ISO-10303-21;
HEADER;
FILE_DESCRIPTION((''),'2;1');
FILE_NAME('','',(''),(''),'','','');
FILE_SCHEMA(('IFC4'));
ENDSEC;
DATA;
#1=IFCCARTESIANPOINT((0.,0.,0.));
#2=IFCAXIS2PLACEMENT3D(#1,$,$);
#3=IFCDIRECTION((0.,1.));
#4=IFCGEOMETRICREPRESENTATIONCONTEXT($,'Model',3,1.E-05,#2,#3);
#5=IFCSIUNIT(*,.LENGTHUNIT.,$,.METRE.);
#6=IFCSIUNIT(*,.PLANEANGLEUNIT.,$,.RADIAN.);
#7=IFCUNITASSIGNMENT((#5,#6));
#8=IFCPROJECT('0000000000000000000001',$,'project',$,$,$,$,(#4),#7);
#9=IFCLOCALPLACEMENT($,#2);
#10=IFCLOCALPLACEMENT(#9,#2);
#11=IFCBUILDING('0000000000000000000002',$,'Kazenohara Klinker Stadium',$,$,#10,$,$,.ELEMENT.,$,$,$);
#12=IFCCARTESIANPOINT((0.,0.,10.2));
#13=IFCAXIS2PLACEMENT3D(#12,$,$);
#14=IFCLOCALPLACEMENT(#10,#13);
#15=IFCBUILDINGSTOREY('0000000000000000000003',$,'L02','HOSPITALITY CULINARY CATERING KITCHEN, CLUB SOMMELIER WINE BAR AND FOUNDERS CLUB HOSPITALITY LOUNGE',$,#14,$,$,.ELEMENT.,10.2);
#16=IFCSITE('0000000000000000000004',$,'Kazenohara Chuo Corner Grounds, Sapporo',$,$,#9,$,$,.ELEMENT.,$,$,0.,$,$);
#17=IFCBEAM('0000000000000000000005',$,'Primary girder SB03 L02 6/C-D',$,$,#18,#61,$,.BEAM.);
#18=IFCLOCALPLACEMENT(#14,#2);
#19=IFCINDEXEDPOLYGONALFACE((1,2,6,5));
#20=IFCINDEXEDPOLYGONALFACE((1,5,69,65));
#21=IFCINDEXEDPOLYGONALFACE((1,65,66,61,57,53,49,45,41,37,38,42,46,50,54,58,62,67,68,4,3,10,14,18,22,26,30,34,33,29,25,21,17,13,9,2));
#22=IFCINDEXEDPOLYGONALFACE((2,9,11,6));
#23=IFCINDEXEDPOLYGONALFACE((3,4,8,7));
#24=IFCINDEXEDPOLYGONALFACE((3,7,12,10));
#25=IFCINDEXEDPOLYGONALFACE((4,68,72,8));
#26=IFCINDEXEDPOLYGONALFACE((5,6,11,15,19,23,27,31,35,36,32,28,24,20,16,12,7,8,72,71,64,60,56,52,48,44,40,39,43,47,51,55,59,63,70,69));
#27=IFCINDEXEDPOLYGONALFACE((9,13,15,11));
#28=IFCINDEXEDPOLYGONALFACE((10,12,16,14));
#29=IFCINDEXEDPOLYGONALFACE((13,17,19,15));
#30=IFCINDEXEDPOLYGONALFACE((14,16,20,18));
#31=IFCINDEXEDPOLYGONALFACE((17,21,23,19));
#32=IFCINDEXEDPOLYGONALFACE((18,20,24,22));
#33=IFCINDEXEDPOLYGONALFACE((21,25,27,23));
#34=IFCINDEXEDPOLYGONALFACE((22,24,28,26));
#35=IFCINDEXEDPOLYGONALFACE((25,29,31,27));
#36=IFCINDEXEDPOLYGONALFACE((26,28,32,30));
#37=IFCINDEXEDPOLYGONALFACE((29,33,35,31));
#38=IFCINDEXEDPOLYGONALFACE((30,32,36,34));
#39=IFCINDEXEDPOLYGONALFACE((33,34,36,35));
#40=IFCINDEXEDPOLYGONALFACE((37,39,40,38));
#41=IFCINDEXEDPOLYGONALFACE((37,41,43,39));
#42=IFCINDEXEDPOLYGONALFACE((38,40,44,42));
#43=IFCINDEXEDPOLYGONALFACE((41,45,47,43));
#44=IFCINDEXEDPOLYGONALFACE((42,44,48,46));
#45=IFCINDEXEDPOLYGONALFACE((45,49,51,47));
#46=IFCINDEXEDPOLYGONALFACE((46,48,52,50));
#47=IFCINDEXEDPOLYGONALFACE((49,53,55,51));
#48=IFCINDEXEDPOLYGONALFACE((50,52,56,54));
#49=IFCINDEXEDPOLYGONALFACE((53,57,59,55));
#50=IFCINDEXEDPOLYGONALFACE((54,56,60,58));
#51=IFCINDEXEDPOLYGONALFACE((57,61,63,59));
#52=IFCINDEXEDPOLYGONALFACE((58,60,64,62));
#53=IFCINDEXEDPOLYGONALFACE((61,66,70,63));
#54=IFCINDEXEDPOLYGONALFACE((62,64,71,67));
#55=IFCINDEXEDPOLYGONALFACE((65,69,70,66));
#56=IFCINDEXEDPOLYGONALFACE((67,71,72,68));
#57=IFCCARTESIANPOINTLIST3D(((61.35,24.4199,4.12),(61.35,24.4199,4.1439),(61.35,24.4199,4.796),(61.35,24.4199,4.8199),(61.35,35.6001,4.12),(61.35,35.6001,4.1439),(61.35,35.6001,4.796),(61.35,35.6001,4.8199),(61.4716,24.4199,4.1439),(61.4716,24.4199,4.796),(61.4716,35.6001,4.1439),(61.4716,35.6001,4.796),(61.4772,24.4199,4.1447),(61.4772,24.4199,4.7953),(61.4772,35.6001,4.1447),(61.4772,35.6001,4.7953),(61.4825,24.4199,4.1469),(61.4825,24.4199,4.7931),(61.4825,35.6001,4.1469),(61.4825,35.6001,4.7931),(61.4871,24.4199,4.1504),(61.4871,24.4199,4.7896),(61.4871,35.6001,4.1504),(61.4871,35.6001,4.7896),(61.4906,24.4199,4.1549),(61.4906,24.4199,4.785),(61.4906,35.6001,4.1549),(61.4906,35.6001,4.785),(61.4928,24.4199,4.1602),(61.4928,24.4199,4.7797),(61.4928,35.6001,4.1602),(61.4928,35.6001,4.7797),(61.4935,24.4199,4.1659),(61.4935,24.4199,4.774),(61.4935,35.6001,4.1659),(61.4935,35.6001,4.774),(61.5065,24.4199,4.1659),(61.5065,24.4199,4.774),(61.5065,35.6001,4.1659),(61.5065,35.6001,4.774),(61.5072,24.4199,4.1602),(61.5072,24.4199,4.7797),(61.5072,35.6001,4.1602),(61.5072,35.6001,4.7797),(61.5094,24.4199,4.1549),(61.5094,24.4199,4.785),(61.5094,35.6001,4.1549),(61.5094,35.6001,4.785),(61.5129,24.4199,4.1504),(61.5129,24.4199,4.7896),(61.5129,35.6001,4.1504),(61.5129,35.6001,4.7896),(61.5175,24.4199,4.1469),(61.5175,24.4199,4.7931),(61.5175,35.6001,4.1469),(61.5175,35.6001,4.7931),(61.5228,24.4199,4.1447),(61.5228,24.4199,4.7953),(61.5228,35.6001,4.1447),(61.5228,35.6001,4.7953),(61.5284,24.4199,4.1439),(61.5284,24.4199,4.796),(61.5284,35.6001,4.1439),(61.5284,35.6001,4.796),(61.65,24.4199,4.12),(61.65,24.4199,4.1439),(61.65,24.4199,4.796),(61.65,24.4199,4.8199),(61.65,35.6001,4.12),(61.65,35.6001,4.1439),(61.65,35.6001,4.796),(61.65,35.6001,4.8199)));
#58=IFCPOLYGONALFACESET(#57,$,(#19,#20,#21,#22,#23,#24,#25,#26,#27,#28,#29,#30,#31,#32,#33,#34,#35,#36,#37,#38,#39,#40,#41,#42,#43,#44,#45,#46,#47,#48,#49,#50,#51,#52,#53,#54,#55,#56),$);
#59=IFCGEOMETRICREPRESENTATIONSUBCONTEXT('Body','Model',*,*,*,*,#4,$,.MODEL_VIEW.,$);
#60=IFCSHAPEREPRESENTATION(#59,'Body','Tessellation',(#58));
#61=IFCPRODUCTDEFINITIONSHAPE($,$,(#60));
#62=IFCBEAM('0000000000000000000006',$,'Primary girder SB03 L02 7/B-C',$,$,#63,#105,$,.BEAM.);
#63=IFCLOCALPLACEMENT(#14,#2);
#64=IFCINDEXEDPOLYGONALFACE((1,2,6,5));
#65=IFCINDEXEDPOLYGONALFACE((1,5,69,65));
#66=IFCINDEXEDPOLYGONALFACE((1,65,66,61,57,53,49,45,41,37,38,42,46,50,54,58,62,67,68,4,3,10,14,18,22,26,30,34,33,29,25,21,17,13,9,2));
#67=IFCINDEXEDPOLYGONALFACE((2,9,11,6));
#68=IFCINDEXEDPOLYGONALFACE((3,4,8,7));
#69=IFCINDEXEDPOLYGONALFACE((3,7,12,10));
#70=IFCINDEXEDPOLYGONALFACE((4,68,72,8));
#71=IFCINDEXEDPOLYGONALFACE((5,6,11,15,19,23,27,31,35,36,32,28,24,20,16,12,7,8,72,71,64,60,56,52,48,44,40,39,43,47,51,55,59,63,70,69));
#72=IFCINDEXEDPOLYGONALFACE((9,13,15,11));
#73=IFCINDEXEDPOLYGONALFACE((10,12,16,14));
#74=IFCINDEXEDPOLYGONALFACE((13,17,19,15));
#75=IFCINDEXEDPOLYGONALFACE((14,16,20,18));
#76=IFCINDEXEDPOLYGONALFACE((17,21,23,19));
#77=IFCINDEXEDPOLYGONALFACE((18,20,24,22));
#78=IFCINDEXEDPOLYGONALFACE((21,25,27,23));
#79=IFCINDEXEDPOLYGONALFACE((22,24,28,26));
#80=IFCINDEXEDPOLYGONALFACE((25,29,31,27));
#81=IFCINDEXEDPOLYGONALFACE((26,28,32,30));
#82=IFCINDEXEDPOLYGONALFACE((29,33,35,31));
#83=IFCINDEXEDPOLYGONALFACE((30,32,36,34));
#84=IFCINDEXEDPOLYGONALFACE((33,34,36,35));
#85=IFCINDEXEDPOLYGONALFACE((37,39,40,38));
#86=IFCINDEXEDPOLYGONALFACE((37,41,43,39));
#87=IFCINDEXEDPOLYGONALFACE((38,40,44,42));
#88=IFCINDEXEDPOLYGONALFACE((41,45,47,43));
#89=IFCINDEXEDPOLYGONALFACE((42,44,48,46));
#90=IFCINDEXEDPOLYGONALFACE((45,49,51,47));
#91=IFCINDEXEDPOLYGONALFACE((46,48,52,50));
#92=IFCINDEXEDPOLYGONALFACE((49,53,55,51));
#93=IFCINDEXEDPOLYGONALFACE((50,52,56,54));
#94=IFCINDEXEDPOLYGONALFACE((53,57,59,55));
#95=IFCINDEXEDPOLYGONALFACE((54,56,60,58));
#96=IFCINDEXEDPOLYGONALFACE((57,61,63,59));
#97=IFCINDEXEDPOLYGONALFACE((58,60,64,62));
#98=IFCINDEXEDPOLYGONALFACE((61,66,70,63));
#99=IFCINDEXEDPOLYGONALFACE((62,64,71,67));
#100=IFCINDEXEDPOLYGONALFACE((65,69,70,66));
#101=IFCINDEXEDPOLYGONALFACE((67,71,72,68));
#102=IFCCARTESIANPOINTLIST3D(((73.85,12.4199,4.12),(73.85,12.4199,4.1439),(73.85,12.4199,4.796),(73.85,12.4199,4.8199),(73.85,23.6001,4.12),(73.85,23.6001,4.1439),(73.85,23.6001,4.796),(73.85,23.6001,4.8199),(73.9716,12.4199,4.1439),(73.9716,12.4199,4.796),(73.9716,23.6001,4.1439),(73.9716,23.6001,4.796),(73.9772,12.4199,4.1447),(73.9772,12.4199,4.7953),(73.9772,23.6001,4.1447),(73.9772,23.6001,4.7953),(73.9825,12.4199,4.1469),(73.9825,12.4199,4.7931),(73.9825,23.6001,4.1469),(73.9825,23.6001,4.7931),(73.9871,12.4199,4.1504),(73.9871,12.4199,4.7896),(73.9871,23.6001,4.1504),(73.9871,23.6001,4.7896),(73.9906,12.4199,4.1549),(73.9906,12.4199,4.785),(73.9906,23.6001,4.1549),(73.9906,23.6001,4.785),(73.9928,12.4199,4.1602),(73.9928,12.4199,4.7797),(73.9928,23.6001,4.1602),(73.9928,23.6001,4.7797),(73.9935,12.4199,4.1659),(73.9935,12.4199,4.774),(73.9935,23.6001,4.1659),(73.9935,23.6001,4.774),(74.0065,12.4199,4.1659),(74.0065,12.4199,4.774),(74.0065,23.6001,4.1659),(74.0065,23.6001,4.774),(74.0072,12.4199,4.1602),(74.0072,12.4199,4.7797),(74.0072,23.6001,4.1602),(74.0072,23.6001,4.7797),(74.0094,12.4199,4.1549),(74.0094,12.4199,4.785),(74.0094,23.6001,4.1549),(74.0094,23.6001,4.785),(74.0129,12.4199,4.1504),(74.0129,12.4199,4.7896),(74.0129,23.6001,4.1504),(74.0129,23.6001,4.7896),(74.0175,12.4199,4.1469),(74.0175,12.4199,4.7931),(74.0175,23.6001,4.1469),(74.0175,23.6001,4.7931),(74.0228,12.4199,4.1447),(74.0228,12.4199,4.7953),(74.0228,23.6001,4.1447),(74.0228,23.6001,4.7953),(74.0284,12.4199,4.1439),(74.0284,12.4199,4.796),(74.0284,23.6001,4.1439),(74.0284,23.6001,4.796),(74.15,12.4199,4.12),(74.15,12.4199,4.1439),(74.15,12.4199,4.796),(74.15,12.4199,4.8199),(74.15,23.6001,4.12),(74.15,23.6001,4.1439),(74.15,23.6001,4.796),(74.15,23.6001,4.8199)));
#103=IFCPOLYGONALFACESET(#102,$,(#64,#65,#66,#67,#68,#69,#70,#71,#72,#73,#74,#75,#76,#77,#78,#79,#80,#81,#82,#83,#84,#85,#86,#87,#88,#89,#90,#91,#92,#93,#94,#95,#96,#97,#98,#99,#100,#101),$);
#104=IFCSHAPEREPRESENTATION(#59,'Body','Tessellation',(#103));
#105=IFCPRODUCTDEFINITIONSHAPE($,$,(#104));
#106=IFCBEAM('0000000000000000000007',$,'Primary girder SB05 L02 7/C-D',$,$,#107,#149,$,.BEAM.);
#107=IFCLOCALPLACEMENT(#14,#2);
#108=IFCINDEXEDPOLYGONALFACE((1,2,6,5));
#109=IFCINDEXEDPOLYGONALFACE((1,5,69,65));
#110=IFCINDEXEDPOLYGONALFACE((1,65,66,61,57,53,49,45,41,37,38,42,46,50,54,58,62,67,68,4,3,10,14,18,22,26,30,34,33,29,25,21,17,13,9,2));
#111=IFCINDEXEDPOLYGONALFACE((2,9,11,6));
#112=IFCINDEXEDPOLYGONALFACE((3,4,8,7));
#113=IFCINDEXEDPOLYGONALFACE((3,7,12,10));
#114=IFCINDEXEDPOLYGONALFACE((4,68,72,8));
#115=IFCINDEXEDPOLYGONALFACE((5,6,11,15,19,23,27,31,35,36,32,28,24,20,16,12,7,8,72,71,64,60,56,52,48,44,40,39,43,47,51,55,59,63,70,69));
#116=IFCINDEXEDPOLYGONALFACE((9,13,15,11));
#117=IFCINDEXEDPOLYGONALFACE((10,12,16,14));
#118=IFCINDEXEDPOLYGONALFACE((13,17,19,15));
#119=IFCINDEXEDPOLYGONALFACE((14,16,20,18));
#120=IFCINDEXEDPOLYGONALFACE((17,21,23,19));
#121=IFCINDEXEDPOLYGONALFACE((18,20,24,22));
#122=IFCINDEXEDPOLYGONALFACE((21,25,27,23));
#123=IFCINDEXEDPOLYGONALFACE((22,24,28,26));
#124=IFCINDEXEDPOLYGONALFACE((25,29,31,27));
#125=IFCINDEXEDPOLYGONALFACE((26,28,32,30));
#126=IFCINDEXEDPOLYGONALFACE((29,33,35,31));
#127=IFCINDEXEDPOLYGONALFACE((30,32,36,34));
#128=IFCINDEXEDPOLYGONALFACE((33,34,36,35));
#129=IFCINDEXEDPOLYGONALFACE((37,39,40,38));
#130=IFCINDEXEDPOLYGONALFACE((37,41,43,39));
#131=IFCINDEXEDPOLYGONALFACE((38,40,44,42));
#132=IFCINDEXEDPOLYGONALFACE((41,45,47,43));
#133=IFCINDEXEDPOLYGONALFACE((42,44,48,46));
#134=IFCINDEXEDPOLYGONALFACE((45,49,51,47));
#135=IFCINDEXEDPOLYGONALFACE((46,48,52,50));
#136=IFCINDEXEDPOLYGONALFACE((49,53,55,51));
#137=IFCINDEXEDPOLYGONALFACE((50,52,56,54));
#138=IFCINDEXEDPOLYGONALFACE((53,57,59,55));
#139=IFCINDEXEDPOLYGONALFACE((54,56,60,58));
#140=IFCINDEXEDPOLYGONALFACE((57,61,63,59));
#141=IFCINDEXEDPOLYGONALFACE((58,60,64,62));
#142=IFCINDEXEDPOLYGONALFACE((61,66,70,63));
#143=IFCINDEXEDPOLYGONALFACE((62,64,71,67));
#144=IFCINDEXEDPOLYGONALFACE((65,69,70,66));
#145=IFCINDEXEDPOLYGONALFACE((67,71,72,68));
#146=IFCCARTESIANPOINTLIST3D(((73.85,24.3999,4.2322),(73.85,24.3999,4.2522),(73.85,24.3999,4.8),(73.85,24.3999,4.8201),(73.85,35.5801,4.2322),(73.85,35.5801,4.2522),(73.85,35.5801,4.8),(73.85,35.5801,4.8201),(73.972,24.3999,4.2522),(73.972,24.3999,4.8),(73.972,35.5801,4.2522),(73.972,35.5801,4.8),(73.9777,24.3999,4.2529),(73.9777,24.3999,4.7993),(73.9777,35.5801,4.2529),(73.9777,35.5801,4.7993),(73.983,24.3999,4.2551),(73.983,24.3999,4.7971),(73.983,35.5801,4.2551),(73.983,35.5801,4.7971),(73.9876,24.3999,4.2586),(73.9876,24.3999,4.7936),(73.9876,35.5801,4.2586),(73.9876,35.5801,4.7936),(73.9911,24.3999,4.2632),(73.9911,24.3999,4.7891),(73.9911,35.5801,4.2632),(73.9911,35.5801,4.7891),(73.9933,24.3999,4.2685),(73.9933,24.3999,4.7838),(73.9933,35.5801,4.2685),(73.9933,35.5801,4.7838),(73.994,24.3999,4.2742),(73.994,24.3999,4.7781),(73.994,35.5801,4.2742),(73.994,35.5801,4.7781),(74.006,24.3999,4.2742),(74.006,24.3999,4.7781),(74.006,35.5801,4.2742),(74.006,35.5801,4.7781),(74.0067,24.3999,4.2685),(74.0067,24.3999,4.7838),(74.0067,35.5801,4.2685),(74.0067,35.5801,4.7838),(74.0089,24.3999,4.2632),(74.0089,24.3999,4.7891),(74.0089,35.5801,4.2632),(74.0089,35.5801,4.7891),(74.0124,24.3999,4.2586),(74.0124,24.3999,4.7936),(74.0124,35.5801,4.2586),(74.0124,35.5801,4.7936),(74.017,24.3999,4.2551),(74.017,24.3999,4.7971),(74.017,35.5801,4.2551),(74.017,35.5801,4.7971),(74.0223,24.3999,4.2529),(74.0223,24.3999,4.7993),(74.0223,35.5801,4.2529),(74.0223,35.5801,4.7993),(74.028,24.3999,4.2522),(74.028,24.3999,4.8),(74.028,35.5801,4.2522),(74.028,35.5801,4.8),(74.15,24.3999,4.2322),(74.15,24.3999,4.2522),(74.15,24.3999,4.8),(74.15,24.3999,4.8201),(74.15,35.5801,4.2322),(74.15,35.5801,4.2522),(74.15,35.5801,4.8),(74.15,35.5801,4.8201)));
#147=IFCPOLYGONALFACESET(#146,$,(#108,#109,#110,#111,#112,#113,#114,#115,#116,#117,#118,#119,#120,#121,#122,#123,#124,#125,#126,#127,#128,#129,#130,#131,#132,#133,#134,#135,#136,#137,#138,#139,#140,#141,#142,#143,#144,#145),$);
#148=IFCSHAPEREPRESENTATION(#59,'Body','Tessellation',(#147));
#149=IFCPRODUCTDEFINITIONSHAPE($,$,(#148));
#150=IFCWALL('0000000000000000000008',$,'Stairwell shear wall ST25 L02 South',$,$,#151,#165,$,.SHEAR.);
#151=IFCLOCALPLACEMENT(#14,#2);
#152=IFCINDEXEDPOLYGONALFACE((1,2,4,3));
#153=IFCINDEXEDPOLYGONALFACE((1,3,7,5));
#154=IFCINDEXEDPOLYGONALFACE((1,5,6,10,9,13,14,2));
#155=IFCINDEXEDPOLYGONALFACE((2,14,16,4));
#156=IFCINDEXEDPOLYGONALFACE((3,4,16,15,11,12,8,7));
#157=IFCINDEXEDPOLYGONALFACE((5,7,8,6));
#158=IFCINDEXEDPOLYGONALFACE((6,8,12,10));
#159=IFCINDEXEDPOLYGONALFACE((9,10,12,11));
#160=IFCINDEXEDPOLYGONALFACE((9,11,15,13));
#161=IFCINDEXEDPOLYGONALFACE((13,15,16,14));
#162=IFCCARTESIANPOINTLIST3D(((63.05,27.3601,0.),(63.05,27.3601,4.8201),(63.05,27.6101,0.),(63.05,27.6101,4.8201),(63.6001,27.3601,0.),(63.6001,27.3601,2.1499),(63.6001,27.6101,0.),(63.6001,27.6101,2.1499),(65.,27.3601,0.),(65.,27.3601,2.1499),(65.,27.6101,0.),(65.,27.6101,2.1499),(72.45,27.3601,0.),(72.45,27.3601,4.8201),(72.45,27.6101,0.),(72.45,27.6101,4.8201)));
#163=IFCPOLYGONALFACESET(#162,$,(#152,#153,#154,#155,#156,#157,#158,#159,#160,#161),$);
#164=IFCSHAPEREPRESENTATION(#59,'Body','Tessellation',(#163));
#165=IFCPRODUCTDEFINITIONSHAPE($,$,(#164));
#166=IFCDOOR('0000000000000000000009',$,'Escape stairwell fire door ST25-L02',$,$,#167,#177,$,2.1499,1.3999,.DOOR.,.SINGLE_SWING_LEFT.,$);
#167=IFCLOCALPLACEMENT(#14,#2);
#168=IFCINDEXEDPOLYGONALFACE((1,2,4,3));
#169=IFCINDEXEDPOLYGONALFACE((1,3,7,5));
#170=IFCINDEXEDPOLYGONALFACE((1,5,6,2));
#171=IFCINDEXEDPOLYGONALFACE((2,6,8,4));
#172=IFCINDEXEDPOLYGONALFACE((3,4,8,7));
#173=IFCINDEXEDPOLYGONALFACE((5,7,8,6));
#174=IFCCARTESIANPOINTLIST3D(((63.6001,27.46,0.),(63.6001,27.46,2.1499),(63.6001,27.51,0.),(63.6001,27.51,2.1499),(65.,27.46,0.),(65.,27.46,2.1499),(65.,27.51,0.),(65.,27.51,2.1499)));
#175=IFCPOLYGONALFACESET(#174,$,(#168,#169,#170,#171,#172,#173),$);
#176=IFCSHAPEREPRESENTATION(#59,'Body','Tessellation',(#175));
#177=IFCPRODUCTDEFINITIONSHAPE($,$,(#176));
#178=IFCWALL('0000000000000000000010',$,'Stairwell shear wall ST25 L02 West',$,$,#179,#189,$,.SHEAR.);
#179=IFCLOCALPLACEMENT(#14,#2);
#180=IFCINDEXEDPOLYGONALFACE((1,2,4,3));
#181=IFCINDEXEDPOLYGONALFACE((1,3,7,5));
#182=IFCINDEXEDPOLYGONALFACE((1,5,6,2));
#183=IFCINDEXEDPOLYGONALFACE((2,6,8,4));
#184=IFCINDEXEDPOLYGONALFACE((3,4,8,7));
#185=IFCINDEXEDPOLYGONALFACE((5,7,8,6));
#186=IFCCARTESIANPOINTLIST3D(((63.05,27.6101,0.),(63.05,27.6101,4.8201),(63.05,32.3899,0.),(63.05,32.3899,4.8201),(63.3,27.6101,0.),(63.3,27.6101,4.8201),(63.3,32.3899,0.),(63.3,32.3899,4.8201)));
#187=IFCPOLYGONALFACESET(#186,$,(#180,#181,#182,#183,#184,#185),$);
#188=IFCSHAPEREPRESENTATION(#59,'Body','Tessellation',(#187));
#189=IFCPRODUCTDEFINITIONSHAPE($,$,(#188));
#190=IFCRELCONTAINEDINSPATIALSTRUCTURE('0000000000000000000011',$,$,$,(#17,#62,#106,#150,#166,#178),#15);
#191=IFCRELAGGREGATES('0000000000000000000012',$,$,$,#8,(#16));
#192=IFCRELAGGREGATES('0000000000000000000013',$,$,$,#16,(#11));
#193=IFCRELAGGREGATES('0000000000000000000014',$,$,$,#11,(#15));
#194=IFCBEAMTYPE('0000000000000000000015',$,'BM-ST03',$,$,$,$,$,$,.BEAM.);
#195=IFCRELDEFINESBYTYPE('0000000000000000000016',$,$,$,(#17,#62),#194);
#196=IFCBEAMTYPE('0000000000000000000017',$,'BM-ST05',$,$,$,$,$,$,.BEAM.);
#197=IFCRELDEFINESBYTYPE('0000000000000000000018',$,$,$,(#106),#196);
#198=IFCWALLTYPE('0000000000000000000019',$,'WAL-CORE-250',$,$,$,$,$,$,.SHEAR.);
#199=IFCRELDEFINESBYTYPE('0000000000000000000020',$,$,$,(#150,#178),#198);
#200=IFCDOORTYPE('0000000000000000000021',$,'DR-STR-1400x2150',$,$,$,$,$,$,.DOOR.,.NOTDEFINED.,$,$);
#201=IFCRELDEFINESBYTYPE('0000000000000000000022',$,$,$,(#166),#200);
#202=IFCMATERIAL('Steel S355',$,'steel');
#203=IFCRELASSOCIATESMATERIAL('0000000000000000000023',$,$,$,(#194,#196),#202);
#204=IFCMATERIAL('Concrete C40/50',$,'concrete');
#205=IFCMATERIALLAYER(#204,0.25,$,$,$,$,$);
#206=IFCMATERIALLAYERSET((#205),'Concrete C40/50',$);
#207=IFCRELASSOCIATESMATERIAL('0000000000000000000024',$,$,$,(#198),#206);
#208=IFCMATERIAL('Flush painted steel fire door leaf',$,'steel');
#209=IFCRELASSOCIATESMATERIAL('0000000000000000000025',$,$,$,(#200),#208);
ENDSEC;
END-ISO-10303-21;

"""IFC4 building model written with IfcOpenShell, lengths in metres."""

from ifc_helpers import new_model, si_unit, direction, frame, frame_2d, origin, origin_2d, place, context, subcontext, project, spatial, rectangle, i_section, extrude, material, layer, layer_set, material_profile, profile_set, type_object, element, fill, save


model = new_model("IFC4")

# Units and contexts
model_context = context("Model", 3, precision=1e-05, world=origin(), true_north=direction((0.0, 1.0)))
body_context = subcontext(model_context, "Body", "Model", "MODEL_VIEW")
ifc_project = project(units=[si_unit("LENGTHUNIT", "METRE"), si_unit("PLANEANGLEUNIT", "RADIAN")], contexts=[model_context])

# Site, building, storey
site_placement = place(None, origin())
site = spatial("IfcSite", under=ifc_project, at=site_placement, Name="Kazenohara Chuo Corner Grounds, Sapporo", CompositionType="ELEMENT", RefElevation=0.0)
building_placement = place(site_placement, origin())
building = spatial("IfcBuilding", under=site, at=building_placement, Name="Kazenohara Klinker Stadium", CompositionType="ELEMENT")
storey_placement = place(building_placement, frame((0.0, 0.0, 10.2)))
storey = spatial("IfcBuildingStorey", under=building, at=storey_placement, Name="L02", Description="HOSPITALITY CULINARY CATERING KITCHEN, CLUB SOMMELIER WINE BAR AND FOUNDERS CLUB HOSPITALITY LOUNGE", CompositionType="ELEMENT", Elevation=10.2)

# Shared definitions
ifc_material_1 = material(Name="Concrete C40/50", Category="concrete")

# Beams
ifc_material_2 = material(Name="Steel S355", Category="steel")
ifc_material_profile_1 = material_profile(ifc_material_2, i_section(OverallWidth=0.3, OverallDepth=0.7, WebThickness=0.0129, FlangeThickness=0.0239, FilletRadius=0.022, at=origin_2d()), Name="H-700x300x13x24")
ifc_profile_set_1 = profile_set([ifc_material_profile_1], Name="Steel S355")
beam_type_1 = type_object("IfcBeamType", Name="BM-ST03", PredefinedType="BEAM", material=ifc_profile_set_1)
for number, where, z_axis, x_axis, name in (
    (1, (61.5, 24.4199, 4.47), (0.0, 1.0, 0.0), (-1.0, 0.0, 0.0), "Primary girder SB03 L02 6/C-D"),
    (2, (74.0, 12.4199, 4.47), (0.0, 1.0, 0.0), (-1.0, 0.0, 0.0), "Primary girder SB03 L02 7/B-C"),
):
    element("IfcBeam", number, at=place(storey_placement, frame(where, z_axis=z_axis, x_axis=x_axis)), inside=storey, type_object=beam_type_1, Name=name, PredefinedType="BEAM", context=body_context, shape_type="SweptSolid", body=[
        extrude(i_section(OverallWidth=0.3, OverallDepth=0.7, WebThickness=0.0129, FlangeThickness=0.0239, FilletRadius=0.022, at=origin_2d()), origin(), (0.0, 0.0, 1.0), 11.1802),
    ])
ifc_material_profile_2 = material_profile(ifc_material_2, i_section(OverallWidth=0.3, OverallDepth=0.5879, WebThickness=0.012, FlangeThickness=0.02, FilletRadius=0.022, at=origin_2d()), Name="H-588x300x12x20")
ifc_profile_set_2 = profile_set([ifc_material_profile_2], Name="Steel S355")
beam_type_2 = type_object("IfcBeamType", Name="BM-ST05", PredefinedType="BEAM", material=ifc_profile_set_2)
beam_1_placement = place(storey_placement, frame((74.0, 24.3999, 4.5261), z_axis=(0.0, 1.0, 0.0), x_axis=(-1.0, 0.0, 0.0)))
element("IfcBeam", 3, at=beam_1_placement, inside=storey, type_object=beam_type_2, Name="Primary girder SB05 L02 7/C-D", PredefinedType="BEAM", context=body_context, shape_type="SweptSolid", body=[
    extrude(i_section(OverallWidth=0.3, OverallDepth=0.5879, WebThickness=0.012, FlangeThickness=0.02, FilletRadius=0.022, at=origin_2d()), origin(), (0.0, 0.0, 1.0), 11.1802),
])

# Wall, opening, door
ifc_layer_1 = layer(ifc_material_1, 0.25)
ifc_layer_set_1 = layer_set([ifc_layer_1], Name="Concrete C40/50")
wall_type_1 = type_object("IfcWallType", Name="WAL-CORE-250", PredefinedType="SHEAR", material=ifc_layer_set_1)
wall_1_placement = place(storey_placement, frame((63.05, 27.4851, 0.0), z_axis=(0.0, 0.0, 1.0), x_axis=(1.0, 0.0, 0.0)))
wall_1 = element("IfcWall", 4, at=wall_1_placement, inside=storey, type_object=wall_type_1, Name="Stairwell shear wall ST25 L02 South", PredefinedType="SHEAR", context=body_context, shape_type="SweptSolid", body=[
    extrude(rectangle(XDim=9.3999, YDim=0.25, at=frame_2d((4.7, 0.0))), origin(), (0.0, 0.0, 1.0), 4.8201),
])
opening_1_placement = place(wall_1_placement, frame((0.55, 0.0, 0.0)))
opening_1 = element("IfcOpeningElement", 5, at=opening_1_placement, cuts=wall_1, PredefinedType="OPENING", context=body_context, shape_type="SweptSolid", body=[
    extrude(rectangle(XDim=1.3999, YDim=2.1499, at=frame_2d((0.7, 1.075))), frame((0.0, 0.135, 0.0), z_axis=(0.0, -1.0, 0.0), x_axis=(1.0, 0.0, 0.0)), (0.0, 0.0, 1.0), 0.27),
])
ifc_material_3 = material(Name="Flush painted steel fire door leaf", Category="steel")
door_type_1 = type_object("IfcDoorType", Name="DR-STR-1400x2150", OperationType="NOTDEFINED", PredefinedType="DOOR", material=ifc_material_3)
door_1_placement = place(opening_1_placement, origin())
door_1 = element("IfcDoor", 6, at=door_1_placement, inside=storey, type_object=door_type_1, Name="Escape stairwell fire door ST25-L02", OperationType="SINGLE_SWING_LEFT", OverallHeight=2.1499, OverallWidth=1.3999, PredefinedType="DOOR", context=body_context, shape_type="SweptSolid", body=[
    extrude(rectangle(XDim=1.3999, YDim=2.1499, at=frame_2d((0.7, 1.075))), frame((0.0, 0.0249, 0.0), z_axis=(0.0, -1.0, 0.0), x_axis=(1.0, 0.0, 0.0)), (0.0, 0.0, 1.0), 0.05),
])
fill(opening_1, door_1)

# Wall
for number, where, z_axis, x_axis, name in (
    (7, (63.175, 27.6101, 0.0), (0.0, 0.0, 1.0), (0.0, 1.0, 0.0), "Stairwell shear wall ST25 L02 West"),
):
    element("IfcWall", number, at=place(storey_placement, frame(where, z_axis=z_axis, x_axis=x_axis)), inside=storey, type_object=wall_type_1, Name=name, PredefinedType="SHEAR", context=body_context, shape_type="SweptSolid", body=[
        extrude(rectangle(XDim=4.7798, YDim=0.25, at=frame_2d((2.3899, 0.0))), origin(), (0.0, 0.0, 1.0), 4.8201),
    ])

save(model, "model.ifc")
